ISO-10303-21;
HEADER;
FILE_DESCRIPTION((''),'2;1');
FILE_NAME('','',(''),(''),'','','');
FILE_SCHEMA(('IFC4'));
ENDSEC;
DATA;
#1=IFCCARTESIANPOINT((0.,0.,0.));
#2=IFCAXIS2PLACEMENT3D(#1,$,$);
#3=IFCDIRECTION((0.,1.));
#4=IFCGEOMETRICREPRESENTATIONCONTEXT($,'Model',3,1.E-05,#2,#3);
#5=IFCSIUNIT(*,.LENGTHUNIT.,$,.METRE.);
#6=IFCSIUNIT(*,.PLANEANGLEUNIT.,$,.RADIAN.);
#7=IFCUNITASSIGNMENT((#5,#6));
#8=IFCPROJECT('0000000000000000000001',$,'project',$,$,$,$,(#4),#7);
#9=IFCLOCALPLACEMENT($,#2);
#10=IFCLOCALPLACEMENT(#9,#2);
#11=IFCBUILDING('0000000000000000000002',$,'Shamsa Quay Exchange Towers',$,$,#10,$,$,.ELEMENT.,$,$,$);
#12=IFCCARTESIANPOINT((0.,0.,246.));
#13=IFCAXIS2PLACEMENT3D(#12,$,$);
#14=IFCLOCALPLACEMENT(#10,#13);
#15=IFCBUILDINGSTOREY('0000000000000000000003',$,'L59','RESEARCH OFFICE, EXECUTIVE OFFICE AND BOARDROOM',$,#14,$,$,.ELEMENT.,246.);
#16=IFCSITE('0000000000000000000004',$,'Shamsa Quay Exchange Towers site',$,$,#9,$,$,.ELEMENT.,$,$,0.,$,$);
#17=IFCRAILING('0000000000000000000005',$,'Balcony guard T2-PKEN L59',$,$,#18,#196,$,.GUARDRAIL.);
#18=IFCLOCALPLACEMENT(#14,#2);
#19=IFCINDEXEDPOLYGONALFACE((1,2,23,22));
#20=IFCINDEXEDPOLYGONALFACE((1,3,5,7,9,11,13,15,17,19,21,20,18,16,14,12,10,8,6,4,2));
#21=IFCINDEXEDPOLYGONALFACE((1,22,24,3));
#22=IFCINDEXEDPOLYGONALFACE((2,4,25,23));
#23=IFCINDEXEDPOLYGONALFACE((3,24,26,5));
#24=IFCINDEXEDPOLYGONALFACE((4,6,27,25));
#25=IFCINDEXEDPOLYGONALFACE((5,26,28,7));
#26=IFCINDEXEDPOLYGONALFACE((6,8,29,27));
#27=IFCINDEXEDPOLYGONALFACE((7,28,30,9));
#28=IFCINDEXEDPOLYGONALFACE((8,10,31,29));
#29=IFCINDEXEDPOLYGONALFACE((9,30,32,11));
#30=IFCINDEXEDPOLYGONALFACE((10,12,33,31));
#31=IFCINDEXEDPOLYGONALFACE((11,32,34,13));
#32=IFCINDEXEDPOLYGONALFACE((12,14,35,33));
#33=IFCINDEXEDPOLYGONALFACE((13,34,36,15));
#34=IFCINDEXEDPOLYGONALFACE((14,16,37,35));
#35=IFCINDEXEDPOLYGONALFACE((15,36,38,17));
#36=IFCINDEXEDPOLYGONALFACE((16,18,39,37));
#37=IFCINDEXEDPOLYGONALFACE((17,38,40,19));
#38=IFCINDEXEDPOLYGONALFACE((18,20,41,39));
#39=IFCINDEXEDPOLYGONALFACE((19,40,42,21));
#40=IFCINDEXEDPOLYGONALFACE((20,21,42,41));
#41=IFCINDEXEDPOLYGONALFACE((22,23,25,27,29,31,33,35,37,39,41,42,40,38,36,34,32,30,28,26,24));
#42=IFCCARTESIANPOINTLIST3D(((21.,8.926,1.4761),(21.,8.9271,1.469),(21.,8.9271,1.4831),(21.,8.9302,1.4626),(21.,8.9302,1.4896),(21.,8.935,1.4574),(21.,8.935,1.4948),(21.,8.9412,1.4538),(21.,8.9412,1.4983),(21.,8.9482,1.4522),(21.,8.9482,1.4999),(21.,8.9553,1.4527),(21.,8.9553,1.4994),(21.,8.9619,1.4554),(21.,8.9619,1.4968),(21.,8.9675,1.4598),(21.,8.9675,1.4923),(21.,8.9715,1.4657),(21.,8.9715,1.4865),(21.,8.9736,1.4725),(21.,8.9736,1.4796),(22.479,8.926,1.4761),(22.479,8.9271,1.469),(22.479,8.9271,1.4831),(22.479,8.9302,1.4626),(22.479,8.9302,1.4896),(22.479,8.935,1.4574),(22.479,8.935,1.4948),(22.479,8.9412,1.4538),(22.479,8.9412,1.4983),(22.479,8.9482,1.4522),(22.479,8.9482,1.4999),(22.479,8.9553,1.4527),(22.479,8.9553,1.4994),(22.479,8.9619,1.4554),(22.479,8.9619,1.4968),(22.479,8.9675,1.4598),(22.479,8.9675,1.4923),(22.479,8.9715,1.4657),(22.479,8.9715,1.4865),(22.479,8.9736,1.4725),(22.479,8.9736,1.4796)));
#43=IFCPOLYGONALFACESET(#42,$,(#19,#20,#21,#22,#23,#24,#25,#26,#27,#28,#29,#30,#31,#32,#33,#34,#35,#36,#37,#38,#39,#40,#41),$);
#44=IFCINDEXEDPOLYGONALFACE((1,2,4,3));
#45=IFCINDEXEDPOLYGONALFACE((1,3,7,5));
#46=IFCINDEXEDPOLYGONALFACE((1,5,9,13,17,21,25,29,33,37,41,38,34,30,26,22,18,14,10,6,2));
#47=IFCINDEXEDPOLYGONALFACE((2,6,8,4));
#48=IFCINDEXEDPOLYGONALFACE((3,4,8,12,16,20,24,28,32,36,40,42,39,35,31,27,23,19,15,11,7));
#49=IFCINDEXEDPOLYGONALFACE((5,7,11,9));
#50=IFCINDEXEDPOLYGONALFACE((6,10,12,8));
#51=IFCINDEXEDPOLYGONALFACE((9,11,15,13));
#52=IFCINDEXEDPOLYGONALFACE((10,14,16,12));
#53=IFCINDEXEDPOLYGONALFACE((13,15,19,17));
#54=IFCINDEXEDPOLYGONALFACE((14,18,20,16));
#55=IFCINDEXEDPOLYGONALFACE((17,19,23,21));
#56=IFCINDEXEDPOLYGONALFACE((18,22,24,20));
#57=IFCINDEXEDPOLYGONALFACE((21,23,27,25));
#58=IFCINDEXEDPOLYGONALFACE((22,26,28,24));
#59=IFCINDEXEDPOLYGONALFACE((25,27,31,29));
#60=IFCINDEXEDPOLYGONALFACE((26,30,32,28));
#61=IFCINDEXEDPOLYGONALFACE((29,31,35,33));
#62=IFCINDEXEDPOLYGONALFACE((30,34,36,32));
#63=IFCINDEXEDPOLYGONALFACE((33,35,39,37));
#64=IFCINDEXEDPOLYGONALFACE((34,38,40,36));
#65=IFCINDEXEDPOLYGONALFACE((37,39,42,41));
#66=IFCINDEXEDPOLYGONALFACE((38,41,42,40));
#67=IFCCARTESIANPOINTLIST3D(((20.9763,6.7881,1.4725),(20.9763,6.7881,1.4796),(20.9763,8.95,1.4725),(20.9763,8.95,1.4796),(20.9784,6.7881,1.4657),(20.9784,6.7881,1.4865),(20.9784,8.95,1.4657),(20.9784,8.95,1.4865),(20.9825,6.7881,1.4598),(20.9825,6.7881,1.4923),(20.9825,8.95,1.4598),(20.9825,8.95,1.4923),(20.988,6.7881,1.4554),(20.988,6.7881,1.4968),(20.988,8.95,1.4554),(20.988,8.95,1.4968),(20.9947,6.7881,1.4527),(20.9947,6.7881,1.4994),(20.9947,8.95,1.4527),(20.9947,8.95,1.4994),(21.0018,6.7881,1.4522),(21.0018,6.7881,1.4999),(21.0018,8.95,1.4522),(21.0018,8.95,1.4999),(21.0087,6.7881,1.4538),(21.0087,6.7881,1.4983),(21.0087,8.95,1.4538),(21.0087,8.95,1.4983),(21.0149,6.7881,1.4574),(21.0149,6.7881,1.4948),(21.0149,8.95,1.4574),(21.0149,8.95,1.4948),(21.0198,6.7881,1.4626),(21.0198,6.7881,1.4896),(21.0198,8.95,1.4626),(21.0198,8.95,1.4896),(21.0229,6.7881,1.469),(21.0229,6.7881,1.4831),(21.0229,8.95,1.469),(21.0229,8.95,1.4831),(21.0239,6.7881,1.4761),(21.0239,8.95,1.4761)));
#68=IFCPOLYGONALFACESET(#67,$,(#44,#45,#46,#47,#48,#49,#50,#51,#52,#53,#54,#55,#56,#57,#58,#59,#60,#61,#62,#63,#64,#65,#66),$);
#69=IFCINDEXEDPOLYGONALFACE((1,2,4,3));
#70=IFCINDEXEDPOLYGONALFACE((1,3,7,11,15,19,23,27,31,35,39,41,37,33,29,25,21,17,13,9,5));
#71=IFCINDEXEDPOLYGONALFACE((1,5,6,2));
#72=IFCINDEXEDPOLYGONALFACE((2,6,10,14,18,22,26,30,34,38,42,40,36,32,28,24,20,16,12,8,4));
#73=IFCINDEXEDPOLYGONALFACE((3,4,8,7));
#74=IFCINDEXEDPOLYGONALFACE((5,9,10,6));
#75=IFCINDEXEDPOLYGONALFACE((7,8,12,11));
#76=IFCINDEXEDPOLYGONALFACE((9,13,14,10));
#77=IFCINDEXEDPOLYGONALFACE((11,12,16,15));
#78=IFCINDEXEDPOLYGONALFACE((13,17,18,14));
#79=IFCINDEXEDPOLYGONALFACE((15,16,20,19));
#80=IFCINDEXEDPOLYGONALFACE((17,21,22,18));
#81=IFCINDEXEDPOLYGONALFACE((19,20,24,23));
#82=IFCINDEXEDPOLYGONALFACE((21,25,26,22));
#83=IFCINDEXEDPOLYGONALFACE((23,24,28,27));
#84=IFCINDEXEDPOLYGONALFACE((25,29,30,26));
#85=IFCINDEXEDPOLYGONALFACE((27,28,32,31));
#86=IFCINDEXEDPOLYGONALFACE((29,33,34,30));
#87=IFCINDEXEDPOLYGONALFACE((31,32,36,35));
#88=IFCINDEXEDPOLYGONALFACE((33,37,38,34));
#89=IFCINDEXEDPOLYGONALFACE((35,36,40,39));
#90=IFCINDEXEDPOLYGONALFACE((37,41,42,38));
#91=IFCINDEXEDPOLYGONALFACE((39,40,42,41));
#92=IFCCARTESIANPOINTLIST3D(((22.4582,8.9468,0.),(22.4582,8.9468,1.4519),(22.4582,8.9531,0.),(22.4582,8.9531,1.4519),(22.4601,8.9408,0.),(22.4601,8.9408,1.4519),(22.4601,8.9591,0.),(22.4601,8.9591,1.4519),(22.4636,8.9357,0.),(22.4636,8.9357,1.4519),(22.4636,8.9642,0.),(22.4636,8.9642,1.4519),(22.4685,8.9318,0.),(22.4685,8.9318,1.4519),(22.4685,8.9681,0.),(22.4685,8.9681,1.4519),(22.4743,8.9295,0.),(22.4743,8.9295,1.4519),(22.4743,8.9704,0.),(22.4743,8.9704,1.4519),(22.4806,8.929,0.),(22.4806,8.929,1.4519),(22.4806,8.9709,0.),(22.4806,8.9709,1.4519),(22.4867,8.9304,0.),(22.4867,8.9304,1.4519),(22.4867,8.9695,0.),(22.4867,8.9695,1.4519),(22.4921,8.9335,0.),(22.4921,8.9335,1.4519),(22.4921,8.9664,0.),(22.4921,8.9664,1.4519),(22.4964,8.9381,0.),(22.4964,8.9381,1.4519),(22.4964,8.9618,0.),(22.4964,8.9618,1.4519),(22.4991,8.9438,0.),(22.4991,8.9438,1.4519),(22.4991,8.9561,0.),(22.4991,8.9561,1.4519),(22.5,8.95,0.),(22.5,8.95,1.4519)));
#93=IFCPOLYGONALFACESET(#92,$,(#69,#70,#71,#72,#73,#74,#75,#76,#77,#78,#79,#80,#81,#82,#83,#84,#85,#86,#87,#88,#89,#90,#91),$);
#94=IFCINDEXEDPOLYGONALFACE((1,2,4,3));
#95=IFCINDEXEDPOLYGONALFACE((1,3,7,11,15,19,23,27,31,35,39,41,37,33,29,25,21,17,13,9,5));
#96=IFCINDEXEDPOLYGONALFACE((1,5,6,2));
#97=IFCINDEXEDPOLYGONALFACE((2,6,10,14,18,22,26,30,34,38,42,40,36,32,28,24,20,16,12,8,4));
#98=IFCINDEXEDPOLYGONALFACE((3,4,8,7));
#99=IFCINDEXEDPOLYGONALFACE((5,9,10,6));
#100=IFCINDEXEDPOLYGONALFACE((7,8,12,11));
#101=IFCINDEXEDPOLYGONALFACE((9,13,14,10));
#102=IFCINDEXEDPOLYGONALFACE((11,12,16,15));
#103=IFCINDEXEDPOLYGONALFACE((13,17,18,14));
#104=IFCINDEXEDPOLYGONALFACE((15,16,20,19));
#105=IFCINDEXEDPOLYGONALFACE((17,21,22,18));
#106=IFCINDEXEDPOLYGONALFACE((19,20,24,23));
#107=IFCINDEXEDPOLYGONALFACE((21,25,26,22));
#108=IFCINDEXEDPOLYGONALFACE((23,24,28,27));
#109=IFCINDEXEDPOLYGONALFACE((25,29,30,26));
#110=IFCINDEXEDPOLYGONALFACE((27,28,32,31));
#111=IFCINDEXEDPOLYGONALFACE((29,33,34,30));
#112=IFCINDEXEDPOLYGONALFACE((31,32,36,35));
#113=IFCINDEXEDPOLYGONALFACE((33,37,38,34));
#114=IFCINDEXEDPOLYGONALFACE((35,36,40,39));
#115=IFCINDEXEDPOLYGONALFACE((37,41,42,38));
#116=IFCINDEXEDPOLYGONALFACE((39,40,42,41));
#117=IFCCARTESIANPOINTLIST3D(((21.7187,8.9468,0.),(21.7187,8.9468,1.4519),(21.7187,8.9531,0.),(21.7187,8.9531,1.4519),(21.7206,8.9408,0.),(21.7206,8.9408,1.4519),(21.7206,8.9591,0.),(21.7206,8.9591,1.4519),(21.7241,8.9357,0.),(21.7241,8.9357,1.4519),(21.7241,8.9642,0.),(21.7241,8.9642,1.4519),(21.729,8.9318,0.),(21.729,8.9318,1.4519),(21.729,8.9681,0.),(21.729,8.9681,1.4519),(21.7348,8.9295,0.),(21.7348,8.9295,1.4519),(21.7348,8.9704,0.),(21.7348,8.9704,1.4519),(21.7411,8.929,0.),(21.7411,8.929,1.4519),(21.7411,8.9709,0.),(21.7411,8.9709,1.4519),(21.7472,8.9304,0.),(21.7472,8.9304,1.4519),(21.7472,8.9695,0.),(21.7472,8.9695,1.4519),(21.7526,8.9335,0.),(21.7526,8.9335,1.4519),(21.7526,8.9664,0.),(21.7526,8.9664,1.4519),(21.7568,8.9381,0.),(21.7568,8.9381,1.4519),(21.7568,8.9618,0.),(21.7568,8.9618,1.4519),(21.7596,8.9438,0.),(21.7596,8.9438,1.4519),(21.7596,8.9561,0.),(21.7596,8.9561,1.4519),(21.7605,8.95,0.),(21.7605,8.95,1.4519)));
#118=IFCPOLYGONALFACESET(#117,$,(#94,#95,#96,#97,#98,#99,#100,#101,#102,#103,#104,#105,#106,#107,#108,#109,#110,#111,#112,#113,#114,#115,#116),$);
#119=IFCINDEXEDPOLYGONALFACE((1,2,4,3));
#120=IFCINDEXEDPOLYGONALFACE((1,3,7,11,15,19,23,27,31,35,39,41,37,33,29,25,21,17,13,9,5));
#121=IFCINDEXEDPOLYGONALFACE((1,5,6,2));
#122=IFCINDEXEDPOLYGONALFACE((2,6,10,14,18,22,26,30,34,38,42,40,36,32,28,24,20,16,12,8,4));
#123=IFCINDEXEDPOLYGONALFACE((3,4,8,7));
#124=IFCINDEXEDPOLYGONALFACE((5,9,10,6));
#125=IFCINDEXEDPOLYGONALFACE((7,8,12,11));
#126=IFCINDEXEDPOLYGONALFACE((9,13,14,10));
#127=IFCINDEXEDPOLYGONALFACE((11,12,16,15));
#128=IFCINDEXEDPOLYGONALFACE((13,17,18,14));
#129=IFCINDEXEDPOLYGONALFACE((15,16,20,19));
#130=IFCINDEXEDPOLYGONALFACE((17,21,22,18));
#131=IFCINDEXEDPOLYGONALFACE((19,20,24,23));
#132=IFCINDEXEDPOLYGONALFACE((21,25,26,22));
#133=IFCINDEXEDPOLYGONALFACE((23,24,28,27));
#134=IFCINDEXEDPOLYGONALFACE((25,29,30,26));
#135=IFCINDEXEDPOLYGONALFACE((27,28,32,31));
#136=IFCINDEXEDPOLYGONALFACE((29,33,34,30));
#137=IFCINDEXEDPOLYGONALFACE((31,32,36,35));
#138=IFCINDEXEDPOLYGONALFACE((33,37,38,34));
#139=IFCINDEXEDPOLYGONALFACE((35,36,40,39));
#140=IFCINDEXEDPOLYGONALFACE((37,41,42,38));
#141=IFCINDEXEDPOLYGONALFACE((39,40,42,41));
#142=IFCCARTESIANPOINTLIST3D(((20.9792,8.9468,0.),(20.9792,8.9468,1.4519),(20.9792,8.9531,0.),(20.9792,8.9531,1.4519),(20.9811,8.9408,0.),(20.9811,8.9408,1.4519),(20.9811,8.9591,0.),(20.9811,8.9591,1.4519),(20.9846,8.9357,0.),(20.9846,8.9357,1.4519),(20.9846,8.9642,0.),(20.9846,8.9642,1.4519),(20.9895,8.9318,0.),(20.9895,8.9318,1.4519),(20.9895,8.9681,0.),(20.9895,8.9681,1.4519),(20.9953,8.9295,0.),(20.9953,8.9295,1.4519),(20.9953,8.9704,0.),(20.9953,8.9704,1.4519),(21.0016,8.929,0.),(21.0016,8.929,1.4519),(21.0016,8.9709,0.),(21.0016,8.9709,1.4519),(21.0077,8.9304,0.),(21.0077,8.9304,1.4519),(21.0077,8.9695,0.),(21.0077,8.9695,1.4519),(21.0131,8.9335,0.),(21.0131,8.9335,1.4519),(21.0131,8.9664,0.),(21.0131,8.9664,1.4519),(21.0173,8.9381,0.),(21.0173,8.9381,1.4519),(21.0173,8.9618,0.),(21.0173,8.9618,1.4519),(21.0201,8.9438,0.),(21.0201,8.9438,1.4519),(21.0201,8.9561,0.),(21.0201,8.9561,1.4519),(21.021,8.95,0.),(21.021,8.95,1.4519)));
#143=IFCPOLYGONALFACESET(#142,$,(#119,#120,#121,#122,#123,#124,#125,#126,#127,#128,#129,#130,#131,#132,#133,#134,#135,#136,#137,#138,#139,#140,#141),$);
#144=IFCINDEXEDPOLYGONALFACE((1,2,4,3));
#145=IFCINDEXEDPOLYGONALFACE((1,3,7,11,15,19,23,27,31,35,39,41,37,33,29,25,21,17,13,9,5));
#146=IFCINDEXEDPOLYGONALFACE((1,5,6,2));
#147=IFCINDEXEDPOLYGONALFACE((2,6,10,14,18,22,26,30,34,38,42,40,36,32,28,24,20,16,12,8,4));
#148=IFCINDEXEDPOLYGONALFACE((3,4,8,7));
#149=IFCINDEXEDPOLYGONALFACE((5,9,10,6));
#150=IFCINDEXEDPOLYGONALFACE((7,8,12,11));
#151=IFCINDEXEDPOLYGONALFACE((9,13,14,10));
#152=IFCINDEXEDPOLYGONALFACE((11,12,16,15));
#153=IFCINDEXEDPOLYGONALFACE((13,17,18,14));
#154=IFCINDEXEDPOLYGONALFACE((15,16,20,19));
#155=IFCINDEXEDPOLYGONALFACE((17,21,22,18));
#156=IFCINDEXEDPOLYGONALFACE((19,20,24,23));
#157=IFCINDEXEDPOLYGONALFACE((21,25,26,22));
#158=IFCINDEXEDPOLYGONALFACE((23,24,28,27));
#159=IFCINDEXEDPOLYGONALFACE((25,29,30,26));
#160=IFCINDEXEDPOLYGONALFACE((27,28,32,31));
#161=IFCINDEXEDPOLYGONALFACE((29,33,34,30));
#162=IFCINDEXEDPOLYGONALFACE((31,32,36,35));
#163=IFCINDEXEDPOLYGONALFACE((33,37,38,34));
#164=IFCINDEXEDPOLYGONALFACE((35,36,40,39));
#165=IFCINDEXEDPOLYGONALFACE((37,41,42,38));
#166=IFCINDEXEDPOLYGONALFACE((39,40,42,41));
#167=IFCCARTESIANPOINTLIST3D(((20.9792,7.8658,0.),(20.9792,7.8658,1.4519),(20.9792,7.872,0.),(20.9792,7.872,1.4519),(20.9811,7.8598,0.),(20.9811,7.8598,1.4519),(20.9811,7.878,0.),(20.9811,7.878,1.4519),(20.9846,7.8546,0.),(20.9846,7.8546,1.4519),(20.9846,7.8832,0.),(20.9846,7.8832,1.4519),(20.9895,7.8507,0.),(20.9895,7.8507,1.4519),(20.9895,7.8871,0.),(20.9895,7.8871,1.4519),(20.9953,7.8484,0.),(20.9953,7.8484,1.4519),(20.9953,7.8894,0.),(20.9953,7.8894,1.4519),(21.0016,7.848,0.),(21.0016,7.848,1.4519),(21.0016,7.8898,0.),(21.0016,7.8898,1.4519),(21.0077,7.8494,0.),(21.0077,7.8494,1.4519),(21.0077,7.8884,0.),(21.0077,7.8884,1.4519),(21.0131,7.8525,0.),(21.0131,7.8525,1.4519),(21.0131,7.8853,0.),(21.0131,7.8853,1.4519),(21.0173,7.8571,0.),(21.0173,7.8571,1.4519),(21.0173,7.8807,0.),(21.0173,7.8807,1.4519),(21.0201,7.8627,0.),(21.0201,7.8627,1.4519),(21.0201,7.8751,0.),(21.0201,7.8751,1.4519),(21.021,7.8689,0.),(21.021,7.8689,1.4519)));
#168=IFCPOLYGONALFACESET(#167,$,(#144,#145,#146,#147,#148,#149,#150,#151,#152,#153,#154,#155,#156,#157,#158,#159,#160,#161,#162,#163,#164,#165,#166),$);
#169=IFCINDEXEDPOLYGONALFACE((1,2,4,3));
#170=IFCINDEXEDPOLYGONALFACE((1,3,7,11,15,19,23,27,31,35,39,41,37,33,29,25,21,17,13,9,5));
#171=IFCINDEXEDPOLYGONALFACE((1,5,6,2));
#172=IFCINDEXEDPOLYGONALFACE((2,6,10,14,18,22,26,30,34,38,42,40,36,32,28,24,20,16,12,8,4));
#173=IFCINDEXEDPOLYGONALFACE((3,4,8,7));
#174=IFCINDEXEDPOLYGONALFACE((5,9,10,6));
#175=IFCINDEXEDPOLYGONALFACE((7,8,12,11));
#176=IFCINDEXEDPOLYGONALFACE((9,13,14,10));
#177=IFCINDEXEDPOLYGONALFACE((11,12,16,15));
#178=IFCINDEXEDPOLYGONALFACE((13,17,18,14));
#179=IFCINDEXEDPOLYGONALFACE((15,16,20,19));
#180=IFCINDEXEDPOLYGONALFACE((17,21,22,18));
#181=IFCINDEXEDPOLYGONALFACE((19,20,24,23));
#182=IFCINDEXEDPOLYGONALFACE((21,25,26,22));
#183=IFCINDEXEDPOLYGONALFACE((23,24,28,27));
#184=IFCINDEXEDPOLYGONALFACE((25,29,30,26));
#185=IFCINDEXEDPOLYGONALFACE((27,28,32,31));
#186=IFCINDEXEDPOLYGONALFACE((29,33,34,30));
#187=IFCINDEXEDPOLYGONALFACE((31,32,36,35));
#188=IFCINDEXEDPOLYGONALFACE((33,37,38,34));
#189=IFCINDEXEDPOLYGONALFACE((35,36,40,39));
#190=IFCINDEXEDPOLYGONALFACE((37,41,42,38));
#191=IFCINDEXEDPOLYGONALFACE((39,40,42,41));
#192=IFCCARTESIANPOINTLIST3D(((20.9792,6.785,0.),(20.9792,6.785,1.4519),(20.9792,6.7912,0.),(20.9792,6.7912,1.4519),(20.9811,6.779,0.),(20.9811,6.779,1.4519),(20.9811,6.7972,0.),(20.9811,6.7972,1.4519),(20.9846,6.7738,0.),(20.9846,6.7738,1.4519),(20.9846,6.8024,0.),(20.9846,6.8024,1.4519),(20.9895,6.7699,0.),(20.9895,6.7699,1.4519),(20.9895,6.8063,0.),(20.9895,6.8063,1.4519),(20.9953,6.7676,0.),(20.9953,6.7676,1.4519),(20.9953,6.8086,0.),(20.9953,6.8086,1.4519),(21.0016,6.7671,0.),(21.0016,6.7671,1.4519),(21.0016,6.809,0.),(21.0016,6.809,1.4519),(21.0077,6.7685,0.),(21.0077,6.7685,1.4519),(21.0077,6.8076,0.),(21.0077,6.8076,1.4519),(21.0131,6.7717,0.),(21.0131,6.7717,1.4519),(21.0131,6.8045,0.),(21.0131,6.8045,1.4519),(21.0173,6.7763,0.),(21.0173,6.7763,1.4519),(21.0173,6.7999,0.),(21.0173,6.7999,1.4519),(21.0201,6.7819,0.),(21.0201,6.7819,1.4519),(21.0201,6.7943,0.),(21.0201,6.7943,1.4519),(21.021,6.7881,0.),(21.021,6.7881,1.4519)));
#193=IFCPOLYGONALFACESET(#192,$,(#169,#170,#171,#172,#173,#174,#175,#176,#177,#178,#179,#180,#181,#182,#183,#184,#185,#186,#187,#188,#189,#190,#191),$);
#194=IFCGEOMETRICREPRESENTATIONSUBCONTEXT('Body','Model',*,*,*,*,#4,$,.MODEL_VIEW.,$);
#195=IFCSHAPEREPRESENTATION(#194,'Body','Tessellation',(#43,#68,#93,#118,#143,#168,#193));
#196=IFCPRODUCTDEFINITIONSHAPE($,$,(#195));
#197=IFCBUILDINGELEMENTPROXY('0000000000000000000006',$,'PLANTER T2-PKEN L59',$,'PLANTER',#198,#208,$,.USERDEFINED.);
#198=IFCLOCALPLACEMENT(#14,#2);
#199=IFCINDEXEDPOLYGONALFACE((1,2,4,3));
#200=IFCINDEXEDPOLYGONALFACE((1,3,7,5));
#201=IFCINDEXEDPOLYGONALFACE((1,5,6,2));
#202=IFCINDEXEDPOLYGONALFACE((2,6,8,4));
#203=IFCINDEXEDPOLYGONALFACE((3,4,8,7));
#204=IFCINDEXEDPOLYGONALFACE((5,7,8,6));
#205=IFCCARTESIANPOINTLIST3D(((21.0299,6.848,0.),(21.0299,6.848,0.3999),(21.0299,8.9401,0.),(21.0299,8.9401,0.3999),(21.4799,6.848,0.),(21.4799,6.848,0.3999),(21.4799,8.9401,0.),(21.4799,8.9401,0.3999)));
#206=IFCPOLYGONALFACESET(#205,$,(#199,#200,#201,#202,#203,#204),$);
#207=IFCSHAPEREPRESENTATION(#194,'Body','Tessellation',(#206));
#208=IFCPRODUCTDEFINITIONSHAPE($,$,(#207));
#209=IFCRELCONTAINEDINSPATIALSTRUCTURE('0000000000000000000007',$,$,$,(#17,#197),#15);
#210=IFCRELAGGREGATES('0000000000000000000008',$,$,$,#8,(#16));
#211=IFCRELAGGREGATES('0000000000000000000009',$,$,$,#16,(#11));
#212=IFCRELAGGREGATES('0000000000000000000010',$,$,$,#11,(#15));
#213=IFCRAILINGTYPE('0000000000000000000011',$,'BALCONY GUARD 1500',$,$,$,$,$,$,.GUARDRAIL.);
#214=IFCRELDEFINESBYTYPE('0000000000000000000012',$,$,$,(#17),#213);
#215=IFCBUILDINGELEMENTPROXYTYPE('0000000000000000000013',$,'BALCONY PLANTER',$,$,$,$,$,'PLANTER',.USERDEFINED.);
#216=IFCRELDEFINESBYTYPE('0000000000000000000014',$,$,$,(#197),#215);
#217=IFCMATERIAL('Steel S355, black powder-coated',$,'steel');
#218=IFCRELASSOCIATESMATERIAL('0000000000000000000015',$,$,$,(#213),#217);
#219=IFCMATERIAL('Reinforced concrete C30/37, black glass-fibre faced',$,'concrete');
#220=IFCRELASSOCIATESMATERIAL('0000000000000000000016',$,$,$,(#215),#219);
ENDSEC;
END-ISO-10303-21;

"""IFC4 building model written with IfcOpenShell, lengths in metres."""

from ifc_helpers import new_model, si_unit, direction, frame, origin, origin_2d, place, context, subcontext, project, spatial, rectangle, circle, extrude, material, type_object, element, save


model = new_model("IFC4")

# Units and contexts
model_context = context("Model", 3, precision=1e-05, world=origin(), true_north=direction((0.0, 1.0)))
body_context = subcontext(model_context, "Body", "Model", "MODEL_VIEW")
ifc_project = project(units=[si_unit("LENGTHUNIT", "METRE"), si_unit("PLANEANGLEUNIT", "RADIAN")], contexts=[model_context])

# Site, building, storey
site_placement = place(None, origin())
site = spatial("IfcSite", under=ifc_project, at=site_placement, Name="Shamsa Quay Exchange Towers site", CompositionType="ELEMENT", RefElevation=0.0)
building_placement = place(site_placement, origin())
building = spatial("IfcBuilding", under=site, at=building_placement, Name="Shamsa Quay Exchange Towers", CompositionType="ELEMENT")
storey_placement = place(building_placement, frame((0.0, 0.0, 246.0)))
storey = spatial("IfcBuildingStorey", under=building, at=storey_placement, Name="L59", Description="RESEARCH OFFICE, EXECUTIVE OFFICE AND BOARDROOM", CompositionType="ELEMENT", Elevation=246.0)

# Railing
ifc_material_1 = material(Name="Steel S355, black powder-coated", Category="steel")
railing_type = type_object("IfcRailingType", Name="BALCONY GUARD 1500", PredefinedType="GUARDRAIL", material=ifc_material_1)
railing_placement = place(storey_placement, frame((22.479, 8.95, 0.0)))
element("IfcRailing", 1, at=railing_placement, inside=storey, type_object=railing_type, Name="Balcony guard T2-PKEN L59", PredefinedType="GUARDRAIL", context=body_context, shape_type="SweptSolid", body=[
    extrude(circle(Radius=0.0239, at=origin_2d()), frame((0.0, 0.0, 1.4761), z_axis=(-1.0, 0.0, 0.0), x_axis=(0.0, -1.0, 0.0)), (0.0, 0.0, 1.0), 1.479),
    extrude(circle(Radius=0.0239, at=origin_2d()), frame((-1.479, 0.0, 1.4761), z_axis=(0.0, -1.0, 0.0), x_axis=(1.0, 0.0, 0.0)), (0.0, 0.0, 1.0), 2.1619),
    extrude(circle(Radius=0.021, at=origin_2d()), origin(), (0.0, 0.0, 1.0), 1.4519),
    extrude(circle(Radius=0.021, at=origin_2d()), frame((-0.7395, 0.0, 0.0)), (0.0, 0.0, 1.0), 1.4519),
    extrude(circle(Radius=0.021, at=origin_2d()), frame((-1.479, 0.0, 0.0)), (0.0, 0.0, 1.0), 1.4519),
    extrude(circle(Radius=0.021, at=origin_2d()), frame((-1.479, -1.0811, 0.0)), (0.0, 0.0, 1.0), 1.4519),
    extrude(circle(Radius=0.021, at=origin_2d()), frame((-1.479, -2.1619, 0.0)), (0.0, 0.0, 1.0), 1.4519),
])

# Building element proxy
ifc_material_2 = material(Name="Reinforced concrete C30/37, black glass-fibre faced", Category="concrete")
building_element_proxy_type = type_object("IfcBuildingElementProxyType", Name="BALCONY PLANTER", ElementType="PLANTER", PredefinedType="USERDEFINED", material=ifc_material_2)
proxy_placement = place(storey_placement, frame((21.2549, 7.894, 0.0), z_axis=(0.0, 0.0, 1.0), x_axis=(0.0, -1.0, 0.0)))
element("IfcBuildingElementProxy", 2, at=proxy_placement, inside=storey, type_object=building_element_proxy_type, Name="PLANTER T2-PKEN L59", ObjectType="PLANTER", PredefinedType="USERDEFINED", context=body_context, shape_type="SweptSolid", body=[
    extrude(rectangle(XDim=2.092, YDim=0.45, at=origin_2d()), origin(), (0.0, 0.0, 1.0), 0.3999),
])

save(model, "model.ifc")
